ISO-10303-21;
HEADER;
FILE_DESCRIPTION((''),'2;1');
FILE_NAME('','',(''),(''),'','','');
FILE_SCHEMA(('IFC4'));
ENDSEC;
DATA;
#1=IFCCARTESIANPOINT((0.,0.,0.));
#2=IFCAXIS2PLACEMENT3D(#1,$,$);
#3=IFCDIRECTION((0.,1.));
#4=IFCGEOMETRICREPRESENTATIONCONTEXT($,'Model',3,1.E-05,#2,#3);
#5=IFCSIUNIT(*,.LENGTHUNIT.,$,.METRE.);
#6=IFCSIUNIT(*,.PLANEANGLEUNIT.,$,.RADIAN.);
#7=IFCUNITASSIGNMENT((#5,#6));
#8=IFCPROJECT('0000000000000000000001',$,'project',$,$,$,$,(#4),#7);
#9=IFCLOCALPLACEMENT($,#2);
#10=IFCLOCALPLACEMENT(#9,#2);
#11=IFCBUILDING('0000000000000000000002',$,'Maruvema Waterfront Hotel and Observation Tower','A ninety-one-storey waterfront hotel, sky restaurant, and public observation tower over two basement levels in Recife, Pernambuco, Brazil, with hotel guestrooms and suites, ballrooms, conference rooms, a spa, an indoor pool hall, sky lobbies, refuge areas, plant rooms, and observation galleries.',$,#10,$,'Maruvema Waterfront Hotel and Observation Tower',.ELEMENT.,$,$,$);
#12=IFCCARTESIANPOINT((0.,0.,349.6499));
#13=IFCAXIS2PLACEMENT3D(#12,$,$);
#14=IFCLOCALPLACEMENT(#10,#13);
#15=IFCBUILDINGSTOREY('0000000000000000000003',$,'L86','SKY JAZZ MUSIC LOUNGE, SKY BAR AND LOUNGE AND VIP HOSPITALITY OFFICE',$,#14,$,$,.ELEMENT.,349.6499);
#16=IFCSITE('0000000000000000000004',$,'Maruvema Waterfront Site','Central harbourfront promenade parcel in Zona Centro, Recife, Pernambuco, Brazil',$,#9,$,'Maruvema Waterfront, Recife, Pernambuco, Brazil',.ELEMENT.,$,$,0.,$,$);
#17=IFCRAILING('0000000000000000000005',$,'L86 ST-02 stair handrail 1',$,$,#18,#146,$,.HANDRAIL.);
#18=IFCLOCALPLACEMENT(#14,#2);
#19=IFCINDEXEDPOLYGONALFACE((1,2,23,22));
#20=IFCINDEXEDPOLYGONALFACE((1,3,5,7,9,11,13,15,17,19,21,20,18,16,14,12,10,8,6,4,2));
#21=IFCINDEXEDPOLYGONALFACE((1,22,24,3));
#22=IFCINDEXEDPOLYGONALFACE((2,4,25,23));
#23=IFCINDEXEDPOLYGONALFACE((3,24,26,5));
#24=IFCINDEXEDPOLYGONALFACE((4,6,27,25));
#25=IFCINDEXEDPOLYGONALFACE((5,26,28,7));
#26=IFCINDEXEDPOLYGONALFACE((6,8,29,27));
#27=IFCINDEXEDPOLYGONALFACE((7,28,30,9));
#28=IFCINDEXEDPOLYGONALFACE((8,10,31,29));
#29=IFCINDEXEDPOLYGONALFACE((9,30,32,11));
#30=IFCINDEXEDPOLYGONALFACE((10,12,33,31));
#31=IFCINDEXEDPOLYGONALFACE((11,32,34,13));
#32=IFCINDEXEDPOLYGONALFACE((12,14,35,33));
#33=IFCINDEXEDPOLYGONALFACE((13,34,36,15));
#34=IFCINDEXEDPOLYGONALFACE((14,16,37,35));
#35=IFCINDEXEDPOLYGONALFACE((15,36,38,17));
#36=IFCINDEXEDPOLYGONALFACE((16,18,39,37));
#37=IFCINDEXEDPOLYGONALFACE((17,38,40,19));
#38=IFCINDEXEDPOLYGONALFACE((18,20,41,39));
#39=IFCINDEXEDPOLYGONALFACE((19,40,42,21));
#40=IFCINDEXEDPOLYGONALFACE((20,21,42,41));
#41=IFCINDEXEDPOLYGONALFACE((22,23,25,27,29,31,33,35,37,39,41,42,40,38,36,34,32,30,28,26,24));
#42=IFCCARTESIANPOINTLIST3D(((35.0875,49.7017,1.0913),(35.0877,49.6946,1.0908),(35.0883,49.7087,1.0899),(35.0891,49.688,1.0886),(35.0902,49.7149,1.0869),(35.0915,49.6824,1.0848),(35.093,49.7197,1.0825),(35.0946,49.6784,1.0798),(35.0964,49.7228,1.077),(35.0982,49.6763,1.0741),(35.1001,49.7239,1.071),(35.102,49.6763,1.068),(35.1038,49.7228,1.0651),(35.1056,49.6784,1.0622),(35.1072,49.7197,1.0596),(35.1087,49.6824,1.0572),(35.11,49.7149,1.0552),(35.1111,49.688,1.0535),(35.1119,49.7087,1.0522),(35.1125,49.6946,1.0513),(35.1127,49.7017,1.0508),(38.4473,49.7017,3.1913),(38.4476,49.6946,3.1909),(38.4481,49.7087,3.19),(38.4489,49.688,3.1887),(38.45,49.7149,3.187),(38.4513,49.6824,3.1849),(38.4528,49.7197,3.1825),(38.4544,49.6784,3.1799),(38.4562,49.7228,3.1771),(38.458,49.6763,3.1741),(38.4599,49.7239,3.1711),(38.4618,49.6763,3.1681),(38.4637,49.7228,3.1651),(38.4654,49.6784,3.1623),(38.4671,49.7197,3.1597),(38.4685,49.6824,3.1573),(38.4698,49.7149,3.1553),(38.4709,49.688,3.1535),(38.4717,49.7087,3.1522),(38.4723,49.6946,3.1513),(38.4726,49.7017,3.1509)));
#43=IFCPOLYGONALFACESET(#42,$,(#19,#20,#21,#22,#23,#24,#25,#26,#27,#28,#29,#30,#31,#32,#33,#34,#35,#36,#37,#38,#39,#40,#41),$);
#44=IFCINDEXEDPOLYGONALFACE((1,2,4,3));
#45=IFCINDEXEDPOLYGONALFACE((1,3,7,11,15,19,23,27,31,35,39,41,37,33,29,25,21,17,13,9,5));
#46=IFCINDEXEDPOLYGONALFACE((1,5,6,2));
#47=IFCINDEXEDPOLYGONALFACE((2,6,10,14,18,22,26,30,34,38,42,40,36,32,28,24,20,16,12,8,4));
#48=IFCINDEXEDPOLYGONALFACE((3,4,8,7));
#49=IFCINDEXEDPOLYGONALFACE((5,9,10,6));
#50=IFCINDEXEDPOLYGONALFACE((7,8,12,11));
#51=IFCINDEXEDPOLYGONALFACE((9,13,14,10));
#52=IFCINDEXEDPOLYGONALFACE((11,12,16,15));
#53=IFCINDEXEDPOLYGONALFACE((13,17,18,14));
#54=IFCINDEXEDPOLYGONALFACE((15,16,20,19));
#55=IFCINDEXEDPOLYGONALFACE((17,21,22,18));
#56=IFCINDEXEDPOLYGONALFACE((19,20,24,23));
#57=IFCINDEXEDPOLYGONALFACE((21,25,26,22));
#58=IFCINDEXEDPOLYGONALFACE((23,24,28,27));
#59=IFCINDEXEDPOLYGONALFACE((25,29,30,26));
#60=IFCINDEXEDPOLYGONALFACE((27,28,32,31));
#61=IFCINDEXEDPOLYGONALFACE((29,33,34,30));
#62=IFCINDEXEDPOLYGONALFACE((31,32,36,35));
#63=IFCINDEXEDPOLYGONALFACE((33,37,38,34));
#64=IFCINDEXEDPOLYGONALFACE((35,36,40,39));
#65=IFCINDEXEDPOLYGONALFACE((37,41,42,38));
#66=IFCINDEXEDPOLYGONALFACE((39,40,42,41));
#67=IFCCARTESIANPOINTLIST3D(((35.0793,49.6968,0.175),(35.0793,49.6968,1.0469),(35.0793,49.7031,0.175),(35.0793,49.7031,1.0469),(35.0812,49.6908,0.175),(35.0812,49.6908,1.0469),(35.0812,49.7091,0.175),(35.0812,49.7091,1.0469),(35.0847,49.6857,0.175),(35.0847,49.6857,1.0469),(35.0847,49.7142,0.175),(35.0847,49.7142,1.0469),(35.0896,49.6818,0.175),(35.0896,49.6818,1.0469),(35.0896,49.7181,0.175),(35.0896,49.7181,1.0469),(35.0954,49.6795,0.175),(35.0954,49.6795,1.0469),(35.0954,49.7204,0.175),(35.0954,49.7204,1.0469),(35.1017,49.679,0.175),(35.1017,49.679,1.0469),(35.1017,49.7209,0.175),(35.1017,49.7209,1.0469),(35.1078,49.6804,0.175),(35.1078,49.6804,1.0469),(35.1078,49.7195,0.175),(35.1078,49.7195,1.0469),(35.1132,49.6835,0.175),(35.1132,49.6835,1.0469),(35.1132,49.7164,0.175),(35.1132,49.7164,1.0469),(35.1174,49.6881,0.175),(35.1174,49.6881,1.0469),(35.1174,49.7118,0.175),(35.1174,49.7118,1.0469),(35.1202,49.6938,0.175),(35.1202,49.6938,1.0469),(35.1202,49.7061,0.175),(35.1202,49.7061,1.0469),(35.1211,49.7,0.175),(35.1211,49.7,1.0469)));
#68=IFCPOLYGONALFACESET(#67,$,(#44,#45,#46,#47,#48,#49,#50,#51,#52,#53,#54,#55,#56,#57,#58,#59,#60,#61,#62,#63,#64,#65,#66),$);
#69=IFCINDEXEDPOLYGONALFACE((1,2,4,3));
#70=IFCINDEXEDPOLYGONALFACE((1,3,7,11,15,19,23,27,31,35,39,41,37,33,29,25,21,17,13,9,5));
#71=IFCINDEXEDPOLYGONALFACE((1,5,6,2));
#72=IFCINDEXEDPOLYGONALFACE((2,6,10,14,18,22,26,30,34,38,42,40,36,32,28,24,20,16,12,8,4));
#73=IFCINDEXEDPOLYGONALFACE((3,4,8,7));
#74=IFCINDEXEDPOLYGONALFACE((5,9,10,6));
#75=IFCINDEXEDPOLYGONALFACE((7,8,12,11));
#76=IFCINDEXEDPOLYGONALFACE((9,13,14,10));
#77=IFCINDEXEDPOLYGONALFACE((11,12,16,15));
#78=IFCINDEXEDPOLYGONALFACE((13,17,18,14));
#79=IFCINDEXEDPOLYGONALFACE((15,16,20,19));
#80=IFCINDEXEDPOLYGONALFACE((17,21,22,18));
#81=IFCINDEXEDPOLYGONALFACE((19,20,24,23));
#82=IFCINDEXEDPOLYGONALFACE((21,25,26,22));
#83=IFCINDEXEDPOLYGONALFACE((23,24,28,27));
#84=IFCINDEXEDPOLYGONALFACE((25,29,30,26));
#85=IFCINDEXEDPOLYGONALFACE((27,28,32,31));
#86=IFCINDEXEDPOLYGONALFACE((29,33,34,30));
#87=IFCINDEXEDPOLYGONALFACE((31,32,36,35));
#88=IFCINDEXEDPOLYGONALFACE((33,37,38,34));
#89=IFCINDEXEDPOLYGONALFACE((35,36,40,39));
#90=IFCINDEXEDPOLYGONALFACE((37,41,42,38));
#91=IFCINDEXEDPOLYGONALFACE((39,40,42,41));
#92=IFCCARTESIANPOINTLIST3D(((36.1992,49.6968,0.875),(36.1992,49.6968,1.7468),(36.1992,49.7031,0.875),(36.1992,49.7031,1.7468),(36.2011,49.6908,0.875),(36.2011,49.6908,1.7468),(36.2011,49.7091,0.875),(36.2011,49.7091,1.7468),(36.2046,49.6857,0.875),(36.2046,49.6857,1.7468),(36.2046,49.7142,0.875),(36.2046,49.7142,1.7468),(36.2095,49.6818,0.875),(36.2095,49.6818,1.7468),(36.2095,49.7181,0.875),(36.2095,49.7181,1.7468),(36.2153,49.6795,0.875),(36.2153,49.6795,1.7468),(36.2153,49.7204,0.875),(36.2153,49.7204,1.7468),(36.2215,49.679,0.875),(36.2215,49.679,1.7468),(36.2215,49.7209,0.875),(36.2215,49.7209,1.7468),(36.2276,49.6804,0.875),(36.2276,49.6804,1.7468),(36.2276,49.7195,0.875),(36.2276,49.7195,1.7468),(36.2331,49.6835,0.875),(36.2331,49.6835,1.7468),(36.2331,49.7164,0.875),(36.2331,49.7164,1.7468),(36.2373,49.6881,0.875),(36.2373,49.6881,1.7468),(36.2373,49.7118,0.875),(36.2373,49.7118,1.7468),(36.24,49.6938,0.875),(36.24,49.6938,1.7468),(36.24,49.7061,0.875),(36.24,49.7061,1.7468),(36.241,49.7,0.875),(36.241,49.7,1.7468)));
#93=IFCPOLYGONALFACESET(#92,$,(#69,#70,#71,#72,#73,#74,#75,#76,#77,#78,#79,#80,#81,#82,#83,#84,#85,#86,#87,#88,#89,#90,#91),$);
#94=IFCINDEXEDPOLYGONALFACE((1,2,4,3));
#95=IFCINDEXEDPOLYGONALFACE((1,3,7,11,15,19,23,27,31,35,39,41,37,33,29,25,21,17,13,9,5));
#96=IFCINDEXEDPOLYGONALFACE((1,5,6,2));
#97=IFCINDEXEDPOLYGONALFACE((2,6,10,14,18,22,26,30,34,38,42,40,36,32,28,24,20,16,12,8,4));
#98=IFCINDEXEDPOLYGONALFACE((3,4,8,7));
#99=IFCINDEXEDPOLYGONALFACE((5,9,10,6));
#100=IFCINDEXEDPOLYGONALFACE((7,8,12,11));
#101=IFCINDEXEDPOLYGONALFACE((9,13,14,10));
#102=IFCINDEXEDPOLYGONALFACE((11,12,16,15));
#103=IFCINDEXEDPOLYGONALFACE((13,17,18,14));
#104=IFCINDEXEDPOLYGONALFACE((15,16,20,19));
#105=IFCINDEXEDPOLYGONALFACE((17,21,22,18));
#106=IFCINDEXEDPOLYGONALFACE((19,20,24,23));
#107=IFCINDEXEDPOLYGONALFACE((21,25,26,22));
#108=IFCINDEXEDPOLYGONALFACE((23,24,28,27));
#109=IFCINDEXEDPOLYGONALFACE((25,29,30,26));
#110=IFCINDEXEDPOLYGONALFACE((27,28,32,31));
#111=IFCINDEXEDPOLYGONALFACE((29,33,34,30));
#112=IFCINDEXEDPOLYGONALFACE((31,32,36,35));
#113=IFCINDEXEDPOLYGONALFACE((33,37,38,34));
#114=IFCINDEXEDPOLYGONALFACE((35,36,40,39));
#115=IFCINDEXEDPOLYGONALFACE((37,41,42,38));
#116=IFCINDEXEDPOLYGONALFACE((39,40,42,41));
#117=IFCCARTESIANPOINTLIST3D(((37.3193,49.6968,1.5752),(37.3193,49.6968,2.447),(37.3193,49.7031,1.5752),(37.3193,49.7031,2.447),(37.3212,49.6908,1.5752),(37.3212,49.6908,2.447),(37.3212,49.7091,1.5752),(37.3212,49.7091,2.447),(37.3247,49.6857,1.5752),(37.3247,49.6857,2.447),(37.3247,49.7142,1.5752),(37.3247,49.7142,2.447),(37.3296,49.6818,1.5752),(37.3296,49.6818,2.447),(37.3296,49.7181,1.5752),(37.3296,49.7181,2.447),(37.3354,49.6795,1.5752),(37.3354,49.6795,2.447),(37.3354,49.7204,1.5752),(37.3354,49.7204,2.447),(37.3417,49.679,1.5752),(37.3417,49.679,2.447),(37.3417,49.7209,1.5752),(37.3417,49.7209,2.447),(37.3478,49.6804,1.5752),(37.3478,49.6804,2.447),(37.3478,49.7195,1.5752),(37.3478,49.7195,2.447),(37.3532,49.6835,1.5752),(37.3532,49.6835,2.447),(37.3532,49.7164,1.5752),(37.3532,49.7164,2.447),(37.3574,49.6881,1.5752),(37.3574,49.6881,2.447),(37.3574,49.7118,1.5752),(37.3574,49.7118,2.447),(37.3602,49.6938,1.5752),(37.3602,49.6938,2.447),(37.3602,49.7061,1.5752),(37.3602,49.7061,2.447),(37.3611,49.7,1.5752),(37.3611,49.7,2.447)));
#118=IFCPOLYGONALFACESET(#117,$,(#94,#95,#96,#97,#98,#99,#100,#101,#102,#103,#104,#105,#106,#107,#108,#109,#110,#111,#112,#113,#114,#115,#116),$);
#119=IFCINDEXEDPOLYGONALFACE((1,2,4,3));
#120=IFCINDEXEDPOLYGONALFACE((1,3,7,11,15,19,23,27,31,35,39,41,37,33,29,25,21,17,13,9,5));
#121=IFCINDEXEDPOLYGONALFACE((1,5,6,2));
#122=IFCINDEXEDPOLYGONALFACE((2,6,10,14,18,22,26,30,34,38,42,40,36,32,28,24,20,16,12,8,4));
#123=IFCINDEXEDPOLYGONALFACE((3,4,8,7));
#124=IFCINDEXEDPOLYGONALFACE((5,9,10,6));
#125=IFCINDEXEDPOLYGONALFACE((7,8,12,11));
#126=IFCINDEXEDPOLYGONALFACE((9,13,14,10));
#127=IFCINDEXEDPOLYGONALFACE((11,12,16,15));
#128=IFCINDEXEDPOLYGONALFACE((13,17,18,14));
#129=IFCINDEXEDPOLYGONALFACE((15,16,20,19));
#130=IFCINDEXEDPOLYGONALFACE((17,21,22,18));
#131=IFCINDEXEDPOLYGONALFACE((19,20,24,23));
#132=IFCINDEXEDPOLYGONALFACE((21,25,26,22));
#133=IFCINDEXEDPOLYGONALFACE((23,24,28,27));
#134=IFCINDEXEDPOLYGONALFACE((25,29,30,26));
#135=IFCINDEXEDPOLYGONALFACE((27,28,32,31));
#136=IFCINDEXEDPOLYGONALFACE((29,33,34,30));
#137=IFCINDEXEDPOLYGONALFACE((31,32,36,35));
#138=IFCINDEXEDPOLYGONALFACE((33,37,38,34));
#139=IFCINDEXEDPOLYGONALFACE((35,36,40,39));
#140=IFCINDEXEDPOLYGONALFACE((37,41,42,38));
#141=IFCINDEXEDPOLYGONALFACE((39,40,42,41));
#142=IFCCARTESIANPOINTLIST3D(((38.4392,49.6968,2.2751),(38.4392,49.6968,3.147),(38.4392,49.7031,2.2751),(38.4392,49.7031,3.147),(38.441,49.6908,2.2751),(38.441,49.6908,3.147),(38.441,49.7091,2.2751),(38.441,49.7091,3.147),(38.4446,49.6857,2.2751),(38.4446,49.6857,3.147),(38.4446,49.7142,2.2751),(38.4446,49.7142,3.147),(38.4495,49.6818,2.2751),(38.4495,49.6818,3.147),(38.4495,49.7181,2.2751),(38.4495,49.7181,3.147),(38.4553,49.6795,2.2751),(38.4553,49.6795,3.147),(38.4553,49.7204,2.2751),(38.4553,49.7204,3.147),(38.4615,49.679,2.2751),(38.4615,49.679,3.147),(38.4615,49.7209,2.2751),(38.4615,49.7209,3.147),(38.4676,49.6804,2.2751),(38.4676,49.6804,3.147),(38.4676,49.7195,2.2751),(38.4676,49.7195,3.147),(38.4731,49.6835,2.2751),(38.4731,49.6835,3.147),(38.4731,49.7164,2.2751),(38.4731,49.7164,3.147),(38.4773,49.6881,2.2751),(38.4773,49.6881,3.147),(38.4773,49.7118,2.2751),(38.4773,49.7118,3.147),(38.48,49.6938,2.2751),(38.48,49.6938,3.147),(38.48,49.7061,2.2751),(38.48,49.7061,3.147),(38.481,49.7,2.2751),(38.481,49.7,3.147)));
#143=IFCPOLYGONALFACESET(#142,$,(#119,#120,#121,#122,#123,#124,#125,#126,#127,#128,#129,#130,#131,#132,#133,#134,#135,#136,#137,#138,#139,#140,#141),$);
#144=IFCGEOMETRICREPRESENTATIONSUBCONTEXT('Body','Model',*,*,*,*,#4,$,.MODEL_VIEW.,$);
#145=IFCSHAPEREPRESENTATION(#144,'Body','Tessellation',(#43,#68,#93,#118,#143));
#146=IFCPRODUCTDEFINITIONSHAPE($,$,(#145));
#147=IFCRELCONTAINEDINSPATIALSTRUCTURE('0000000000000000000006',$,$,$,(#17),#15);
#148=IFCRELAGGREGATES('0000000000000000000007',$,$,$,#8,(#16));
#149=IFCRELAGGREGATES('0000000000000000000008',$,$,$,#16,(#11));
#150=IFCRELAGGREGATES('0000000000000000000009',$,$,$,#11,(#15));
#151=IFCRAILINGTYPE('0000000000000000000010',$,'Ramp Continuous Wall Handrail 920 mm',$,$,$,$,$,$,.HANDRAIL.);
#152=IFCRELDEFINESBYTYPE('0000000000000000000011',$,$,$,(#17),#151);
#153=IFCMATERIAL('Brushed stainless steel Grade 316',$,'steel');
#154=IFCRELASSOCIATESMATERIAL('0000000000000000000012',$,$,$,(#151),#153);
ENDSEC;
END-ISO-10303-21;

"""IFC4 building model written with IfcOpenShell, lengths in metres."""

from ifc_helpers import new_model, si_unit, direction, frame, origin, origin_2d, place, context, subcontext, project, spatial, circle, extrude, material, type_object, element, save


model = new_model("IFC4")

# Units and contexts
model_context = context("Model", 3, precision=1e-05, world=origin(), true_north=direction((0.0, 1.0)))
body_context = subcontext(model_context, "Body", "Model", "MODEL_VIEW")
ifc_project = project(units=[si_unit("LENGTHUNIT", "METRE"), si_unit("PLANEANGLEUNIT", "RADIAN")], contexts=[model_context])

# Site, building, storey
site_placement = place(None, origin())
site = spatial("IfcSite", under=ifc_project, at=site_placement, Name="Maruvema Waterfront Site", Description="Central harbourfront promenade parcel in Zona Centro, Recife, Pernambuco, Brazil", LongName="Maruvema Waterfront, Recife, Pernambuco, Brazil", CompositionType="ELEMENT", RefElevation=0.0)
building_placement = place(site_placement, origin())
building = spatial("IfcBuilding", under=site, at=building_placement, Name="Maruvema Waterfront Hotel and Observation Tower", Description="A ninety-one-storey waterfront hotel, sky restaurant, and public observation tower over two basement levels in Recife, Pernambuco, Brazil, with hotel guestrooms and suites, ballrooms, conference rooms, a spa, an indoor pool hall, sky lobbies, refuge areas, plant rooms, and observation galleries.", LongName="Maruvema Waterfront Hotel and Observation Tower", CompositionType="ELEMENT")
storey_placement = place(building_placement, frame((0.0, 0.0, 349.6499)))
storey = spatial("IfcBuildingStorey", under=building, at=storey_placement, Name="L86", Description="SKY JAZZ MUSIC LOUNGE, SKY BAR AND LOUNGE AND VIP HOSPITALITY OFFICE", CompositionType="ELEMENT", Elevation=349.6499)

# Railing
ifc_material_1 = material(Name="Brushed stainless steel Grade 316", Category="steel")
railing_type_1 = type_object("IfcRailingType", Name="Ramp Continuous Wall Handrail 920 mm", PredefinedType="HANDRAIL", material=ifc_material_1)
railing_1_placement = place(storey_placement, frame((35.1001, 49.7, 0.175)))
element("IfcRailing", 1, at=railing_1_placement, inside=storey, type_object=railing_type_1, Name="L86 ST-02 stair handrail 1", PredefinedType="HANDRAIL", context=body_context, shape_type="SweptSolid", body=[
    extrude(circle(Radius=0.0239, at=origin_2d()), frame((0.0, 0.0, 0.896), z_axis=(0.847978, 0.0, 0.530032), x_axis=(0.0, 1.0, 0.0)), (0.0, 0.0, 1.0), 3.9622),
    extrude(circle(Radius=0.021, at=origin_2d()), origin(), (0.0, 0.0, 1.0), 0.8718),
    extrude(circle(Radius=0.021, at=origin_2d()), frame((1.1199, 0.0, 0.7)), (0.0, 0.0, 1.0), 0.8718),
    extrude(circle(Radius=0.021, at=origin_2d()), frame((2.24, 0.0, 1.4001)), (0.0, 0.0, 1.0), 0.8718),
    extrude(circle(Radius=0.021, at=origin_2d()), frame((3.3599, 0.0, 2.1001)), (0.0, 0.0, 1.0), 0.8718),
])

save(model, "model.ifc")
